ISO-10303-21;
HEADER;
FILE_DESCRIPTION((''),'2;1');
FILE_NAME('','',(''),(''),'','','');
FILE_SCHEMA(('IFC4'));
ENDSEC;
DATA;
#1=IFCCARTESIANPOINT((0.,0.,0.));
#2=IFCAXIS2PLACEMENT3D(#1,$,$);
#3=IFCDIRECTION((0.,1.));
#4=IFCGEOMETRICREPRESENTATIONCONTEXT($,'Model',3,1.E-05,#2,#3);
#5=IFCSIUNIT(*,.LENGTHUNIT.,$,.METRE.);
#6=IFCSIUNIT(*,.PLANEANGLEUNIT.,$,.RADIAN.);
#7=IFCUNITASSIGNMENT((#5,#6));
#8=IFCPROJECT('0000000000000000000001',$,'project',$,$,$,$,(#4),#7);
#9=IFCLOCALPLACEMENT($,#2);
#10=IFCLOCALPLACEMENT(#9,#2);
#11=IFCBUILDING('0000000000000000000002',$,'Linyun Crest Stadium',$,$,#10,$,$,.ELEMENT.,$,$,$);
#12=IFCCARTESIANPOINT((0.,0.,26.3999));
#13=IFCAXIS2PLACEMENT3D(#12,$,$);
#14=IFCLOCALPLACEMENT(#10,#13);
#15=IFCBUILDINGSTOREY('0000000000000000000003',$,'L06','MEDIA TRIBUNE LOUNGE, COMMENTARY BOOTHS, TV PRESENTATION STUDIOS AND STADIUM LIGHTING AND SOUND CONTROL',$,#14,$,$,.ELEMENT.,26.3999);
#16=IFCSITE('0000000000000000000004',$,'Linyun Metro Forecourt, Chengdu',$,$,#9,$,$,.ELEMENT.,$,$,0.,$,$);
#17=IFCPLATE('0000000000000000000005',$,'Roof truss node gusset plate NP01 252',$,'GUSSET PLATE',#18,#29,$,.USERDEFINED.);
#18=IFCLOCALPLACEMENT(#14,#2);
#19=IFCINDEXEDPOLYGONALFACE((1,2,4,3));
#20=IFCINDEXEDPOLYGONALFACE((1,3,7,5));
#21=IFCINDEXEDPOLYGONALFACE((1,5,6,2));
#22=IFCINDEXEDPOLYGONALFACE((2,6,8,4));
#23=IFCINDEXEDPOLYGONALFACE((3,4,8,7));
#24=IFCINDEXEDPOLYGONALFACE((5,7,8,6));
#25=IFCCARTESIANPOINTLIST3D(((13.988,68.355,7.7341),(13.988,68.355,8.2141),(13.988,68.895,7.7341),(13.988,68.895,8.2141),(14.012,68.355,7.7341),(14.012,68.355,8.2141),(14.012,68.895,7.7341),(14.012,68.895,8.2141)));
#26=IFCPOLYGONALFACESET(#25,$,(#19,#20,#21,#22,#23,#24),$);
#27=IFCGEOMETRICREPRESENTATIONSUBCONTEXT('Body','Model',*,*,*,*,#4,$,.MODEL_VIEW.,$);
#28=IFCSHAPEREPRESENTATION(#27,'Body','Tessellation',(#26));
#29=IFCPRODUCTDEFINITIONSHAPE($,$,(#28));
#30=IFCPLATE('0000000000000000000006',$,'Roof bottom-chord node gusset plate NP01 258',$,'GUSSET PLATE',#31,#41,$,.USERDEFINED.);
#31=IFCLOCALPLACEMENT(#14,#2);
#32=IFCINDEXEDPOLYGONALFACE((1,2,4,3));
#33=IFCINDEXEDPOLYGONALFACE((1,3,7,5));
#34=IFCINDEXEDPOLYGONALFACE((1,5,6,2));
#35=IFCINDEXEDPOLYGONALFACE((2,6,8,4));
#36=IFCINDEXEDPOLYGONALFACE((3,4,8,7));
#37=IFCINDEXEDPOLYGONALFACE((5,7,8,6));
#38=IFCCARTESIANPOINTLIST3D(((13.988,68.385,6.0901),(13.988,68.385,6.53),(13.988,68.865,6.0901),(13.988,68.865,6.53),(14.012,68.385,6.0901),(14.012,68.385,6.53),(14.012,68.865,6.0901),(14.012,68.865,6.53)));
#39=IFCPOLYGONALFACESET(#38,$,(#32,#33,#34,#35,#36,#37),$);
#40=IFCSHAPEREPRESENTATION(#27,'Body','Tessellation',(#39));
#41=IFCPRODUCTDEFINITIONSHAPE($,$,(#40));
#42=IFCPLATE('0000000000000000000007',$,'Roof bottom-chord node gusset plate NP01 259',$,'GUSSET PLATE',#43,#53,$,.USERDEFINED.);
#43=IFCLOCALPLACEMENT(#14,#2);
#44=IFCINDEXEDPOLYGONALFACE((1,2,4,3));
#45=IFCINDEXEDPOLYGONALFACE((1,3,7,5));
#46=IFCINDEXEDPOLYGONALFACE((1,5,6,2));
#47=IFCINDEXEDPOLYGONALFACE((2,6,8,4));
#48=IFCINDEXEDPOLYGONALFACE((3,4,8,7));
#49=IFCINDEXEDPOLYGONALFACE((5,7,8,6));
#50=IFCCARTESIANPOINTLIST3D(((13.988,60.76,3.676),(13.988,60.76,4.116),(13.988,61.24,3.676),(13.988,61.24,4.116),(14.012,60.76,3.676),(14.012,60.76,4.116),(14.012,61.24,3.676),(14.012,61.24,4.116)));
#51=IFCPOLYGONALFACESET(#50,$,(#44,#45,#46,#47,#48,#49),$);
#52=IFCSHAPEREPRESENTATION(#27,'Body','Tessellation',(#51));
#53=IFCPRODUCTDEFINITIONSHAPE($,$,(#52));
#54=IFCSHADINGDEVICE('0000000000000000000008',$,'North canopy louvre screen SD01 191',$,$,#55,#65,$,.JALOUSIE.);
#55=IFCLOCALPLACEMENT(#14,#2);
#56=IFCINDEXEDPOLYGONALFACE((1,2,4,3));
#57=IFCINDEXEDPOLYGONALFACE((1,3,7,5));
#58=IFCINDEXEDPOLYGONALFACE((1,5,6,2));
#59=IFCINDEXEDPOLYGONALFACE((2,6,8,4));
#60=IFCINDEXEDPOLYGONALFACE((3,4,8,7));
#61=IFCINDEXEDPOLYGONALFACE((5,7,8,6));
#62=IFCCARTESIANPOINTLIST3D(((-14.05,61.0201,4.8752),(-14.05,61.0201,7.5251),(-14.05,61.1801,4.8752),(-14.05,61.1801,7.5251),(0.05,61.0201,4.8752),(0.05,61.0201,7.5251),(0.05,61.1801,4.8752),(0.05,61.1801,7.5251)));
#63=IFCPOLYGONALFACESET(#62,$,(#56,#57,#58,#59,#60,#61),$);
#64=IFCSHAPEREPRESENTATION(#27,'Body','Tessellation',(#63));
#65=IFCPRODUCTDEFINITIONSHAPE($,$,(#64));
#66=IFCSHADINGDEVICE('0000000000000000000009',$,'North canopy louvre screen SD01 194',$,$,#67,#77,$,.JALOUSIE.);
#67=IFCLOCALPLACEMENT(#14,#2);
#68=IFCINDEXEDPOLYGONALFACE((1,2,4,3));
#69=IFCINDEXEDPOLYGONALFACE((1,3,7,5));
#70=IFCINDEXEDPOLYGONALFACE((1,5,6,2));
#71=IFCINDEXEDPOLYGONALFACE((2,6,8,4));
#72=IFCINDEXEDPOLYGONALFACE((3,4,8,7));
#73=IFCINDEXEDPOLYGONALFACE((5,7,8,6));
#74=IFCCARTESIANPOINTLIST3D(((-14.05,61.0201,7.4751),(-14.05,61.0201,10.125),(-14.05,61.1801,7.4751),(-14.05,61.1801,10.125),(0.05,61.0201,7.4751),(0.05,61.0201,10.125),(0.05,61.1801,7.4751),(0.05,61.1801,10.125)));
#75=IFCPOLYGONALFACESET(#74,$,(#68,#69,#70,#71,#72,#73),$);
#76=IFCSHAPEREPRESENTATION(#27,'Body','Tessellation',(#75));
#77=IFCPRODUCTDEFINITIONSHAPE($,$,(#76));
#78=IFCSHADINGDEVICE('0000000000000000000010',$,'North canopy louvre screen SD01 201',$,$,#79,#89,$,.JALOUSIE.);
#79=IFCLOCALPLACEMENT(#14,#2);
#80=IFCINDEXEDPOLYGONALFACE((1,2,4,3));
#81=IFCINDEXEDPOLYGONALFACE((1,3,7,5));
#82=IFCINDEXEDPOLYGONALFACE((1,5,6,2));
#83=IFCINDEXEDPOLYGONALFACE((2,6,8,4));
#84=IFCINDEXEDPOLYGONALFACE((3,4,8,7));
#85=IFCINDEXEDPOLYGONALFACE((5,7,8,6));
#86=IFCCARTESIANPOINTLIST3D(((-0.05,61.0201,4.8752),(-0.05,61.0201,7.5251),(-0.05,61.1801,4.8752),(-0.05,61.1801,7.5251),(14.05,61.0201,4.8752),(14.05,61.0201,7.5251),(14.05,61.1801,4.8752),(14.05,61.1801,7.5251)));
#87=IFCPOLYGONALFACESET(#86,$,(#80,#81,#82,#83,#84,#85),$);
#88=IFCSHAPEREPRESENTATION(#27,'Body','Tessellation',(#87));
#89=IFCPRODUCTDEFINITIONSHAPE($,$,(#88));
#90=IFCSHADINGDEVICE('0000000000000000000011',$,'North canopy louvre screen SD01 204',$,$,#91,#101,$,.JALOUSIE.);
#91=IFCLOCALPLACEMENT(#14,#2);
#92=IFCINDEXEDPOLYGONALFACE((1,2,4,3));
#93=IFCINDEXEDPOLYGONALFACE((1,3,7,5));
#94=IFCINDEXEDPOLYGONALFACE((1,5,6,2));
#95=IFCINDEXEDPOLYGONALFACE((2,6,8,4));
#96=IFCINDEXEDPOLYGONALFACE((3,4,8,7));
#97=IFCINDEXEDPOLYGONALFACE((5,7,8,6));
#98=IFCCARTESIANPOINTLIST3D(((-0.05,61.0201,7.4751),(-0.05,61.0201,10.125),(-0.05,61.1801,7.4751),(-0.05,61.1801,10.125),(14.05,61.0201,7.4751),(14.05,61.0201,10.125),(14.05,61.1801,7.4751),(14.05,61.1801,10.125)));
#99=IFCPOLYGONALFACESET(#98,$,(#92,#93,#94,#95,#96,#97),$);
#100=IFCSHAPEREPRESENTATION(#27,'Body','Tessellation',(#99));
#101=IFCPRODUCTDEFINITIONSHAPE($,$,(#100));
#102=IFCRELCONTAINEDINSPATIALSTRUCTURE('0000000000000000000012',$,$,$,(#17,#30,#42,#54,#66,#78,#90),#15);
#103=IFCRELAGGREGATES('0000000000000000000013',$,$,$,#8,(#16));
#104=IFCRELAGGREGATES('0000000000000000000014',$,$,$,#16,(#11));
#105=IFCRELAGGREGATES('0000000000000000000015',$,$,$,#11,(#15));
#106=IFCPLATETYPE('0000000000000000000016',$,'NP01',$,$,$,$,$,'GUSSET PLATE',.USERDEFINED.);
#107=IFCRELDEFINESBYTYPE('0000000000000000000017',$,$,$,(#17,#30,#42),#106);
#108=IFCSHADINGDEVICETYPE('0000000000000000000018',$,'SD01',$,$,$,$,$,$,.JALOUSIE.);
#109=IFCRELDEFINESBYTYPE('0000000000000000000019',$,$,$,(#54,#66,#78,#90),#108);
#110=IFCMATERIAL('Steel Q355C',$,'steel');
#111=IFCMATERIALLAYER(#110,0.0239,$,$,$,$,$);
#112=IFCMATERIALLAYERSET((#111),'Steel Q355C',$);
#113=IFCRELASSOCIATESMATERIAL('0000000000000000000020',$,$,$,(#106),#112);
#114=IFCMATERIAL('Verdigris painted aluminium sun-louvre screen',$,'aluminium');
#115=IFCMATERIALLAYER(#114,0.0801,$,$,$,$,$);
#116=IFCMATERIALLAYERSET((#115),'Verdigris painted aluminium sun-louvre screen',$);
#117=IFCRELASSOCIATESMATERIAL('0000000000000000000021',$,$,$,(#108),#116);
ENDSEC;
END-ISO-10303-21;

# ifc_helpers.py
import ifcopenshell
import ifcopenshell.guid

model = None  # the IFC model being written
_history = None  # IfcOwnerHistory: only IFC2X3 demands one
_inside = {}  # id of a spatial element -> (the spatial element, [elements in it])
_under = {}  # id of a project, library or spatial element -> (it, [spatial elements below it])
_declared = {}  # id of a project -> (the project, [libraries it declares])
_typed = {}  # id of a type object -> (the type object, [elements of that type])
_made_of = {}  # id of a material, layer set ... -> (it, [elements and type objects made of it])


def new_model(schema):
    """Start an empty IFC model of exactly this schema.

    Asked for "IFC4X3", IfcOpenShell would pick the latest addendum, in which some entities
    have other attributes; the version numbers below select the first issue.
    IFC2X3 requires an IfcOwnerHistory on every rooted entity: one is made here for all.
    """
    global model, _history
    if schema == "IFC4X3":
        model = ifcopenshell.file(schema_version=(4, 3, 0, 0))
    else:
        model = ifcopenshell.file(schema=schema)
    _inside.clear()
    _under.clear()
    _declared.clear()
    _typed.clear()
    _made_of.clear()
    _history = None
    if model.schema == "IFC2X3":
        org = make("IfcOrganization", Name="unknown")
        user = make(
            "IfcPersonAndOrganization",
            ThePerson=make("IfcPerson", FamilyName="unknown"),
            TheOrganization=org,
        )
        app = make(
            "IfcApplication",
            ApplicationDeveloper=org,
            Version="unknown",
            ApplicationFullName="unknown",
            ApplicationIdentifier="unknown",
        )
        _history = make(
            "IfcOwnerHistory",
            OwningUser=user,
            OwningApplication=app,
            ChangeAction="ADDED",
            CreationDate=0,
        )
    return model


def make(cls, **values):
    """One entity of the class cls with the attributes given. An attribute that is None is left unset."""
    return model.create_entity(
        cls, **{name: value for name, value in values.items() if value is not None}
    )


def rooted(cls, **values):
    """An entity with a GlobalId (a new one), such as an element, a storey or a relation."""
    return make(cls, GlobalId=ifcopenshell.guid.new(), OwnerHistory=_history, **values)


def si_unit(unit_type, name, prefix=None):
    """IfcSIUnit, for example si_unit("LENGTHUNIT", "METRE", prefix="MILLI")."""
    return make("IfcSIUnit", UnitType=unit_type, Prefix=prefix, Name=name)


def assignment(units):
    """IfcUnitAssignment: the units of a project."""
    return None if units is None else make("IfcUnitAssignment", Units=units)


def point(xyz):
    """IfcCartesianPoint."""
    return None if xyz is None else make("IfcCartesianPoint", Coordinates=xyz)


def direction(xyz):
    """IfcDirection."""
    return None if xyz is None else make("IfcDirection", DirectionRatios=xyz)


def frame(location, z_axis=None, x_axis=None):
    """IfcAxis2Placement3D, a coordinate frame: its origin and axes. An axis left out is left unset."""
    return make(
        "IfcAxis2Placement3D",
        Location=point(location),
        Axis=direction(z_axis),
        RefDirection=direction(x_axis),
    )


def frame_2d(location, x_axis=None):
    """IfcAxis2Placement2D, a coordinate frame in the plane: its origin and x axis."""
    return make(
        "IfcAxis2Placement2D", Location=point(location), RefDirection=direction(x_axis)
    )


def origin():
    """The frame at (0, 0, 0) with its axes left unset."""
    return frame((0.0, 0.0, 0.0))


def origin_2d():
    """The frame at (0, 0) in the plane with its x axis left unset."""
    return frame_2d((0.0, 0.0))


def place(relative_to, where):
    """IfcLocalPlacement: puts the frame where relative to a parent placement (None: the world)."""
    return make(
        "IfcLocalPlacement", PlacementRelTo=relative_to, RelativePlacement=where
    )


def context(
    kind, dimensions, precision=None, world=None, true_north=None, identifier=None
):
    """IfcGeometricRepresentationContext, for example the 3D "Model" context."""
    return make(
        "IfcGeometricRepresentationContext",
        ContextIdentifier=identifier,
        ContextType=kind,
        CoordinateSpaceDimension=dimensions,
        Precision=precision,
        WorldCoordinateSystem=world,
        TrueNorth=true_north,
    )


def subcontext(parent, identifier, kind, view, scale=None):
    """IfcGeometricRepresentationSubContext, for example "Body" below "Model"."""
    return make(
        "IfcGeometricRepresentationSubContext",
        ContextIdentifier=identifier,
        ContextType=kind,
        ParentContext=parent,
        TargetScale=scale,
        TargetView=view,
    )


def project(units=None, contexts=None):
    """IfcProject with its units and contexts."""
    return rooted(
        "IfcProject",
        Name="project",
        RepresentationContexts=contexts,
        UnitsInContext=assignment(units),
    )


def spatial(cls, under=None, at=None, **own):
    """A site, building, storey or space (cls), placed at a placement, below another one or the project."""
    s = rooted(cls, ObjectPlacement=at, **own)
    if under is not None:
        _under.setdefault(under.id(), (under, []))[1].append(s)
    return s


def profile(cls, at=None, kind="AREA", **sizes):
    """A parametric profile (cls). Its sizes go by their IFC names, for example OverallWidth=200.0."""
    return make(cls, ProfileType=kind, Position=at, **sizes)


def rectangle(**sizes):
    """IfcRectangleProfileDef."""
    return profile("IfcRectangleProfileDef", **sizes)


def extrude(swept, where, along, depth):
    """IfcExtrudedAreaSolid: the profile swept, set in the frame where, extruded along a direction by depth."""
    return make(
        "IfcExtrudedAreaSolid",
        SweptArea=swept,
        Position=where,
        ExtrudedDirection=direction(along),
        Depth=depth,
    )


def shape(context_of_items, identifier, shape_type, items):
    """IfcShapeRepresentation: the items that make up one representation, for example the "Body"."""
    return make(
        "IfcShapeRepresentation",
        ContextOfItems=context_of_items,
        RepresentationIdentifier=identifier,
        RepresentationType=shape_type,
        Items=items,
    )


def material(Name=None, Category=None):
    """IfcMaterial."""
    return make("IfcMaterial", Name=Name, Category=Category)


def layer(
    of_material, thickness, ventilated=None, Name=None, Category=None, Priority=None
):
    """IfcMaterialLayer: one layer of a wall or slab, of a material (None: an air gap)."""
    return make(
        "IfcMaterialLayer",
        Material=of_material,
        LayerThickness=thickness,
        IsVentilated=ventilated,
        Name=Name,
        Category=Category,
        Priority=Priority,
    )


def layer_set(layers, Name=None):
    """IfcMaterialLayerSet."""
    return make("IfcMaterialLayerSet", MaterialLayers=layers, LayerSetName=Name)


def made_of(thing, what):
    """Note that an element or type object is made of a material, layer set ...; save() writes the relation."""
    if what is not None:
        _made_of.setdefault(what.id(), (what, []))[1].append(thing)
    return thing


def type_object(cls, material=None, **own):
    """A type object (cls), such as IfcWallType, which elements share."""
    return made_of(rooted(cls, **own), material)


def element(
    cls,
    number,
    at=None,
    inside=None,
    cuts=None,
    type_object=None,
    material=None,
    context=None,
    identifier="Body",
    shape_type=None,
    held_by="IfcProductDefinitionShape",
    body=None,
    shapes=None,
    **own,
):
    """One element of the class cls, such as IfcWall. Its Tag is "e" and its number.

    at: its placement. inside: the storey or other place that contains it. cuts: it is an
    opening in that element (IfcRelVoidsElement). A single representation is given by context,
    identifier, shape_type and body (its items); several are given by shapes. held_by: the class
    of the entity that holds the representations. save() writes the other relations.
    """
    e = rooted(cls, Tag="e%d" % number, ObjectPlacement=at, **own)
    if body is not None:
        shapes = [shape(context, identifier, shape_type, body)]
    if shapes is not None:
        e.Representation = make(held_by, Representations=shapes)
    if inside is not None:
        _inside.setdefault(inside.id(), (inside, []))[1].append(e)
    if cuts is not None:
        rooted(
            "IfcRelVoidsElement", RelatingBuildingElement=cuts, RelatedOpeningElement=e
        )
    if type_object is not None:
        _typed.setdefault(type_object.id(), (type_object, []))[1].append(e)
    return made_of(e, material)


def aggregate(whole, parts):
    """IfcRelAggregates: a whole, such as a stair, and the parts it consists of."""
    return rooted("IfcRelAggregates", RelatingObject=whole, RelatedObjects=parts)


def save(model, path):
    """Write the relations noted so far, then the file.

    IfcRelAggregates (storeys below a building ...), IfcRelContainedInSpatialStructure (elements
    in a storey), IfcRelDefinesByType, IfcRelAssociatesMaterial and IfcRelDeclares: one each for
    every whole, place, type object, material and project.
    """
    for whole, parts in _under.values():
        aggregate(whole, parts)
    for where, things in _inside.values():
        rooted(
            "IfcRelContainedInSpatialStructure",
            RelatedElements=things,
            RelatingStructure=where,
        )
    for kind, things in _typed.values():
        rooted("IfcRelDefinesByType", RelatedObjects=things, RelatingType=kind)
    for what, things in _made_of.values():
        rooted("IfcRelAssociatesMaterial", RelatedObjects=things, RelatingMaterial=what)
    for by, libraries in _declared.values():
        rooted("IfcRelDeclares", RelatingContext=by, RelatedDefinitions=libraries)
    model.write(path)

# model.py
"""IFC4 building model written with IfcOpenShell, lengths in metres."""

from ifc_helpers import new_model, si_unit, direction, frame, origin, origin_2d, place, context, subcontext, project, spatial, rectangle, extrude, material, layer, layer_set, type_object, element, save


model = new_model("IFC4")

# Units and contexts
model_context = context("Model", 3, precision=1e-05, world=origin(), true_north=direction((0.0, 1.0)))
body_context = subcontext(model_context, "Body", "Model", "MODEL_VIEW")
ifc_project = project(units=[si_unit("LENGTHUNIT", "METRE"), si_unit("PLANEANGLEUNIT", "RADIAN")], contexts=[model_context])

# Site, building, storey
site_placement = place(None, origin())
site = spatial("IfcSite", under=ifc_project, at=site_placement, Name="Linyun Metro Forecourt, Chengdu", CompositionType="ELEMENT", RefElevation=0.0)
building_placement = place(site_placement, origin())
building = spatial("IfcBuilding", under=site, at=building_placement, Name="Linyun Crest Stadium", CompositionType="ELEMENT")
storey_placement = place(building_placement, frame((0.0, 0.0, 26.3999)))
storey = spatial("IfcBuildingStorey", under=building, at=storey_placement, Name="L06", Description="MEDIA TRIBUNE LOUNGE, COMMENTARY BOOTHS, TV PRESENTATION STUDIOS AND STADIUM LIGHTING AND SOUND CONTROL", CompositionType="ELEMENT", Elevation=26.3999)

# Plates
ifc_material_1 = material(Name="Steel Q355C", Category="steel")
ifc_layer_1 = layer(ifc_material_1, 0.0239)
ifc_layer_set_1 = layer_set([ifc_layer_1], Name="Steel Q355C")
plate_type_1 = type_object("IfcPlateType", Name="NP01", ElementType="GUSSET PLATE", PredefinedType="USERDEFINED", material=ifc_layer_set_1)
plate_1_placement = place(storey_placement, frame((14.0, 68.625, 7.7341), z_axis=(0.0, 0.0, 1.0), x_axis=(0.0, 1.0, 0.0)))
element("IfcPlate", 1, at=plate_1_placement, inside=storey, type_object=plate_type_1, Name="Roof truss node gusset plate NP01 252", ObjectType="GUSSET PLATE", PredefinedType="USERDEFINED", context=body_context, shape_type="SweptSolid", body=[
    extrude(rectangle(XDim=0.54, YDim=0.0239, at=origin_2d()), origin(), (0.0, 0.0, 1.0), 0.48),
])
for number, where, z_axis, x_axis, name in (
    (2, (14.0, 68.625, 6.0901), (0.0, 0.0, 1.0), (0.0, 1.0, 0.0), "Roof bottom-chord node gusset plate NP01 258"),
    (3, (14.0, 61.0, 3.676), (0.0, 0.0, 1.0), (0.0, 1.0, 0.0), "Roof bottom-chord node gusset plate NP01 259"),
):
    element("IfcPlate", number, at=place(storey_placement, frame(where, z_axis=z_axis, x_axis=x_axis)), inside=storey, type_object=plate_type_1, Name=name, ObjectType="GUSSET PLATE", PredefinedType="USERDEFINED", context=body_context, shape_type="SweptSolid", body=[
        extrude(rectangle(XDim=0.48, YDim=0.0239, at=origin_2d()), origin(), (0.0, 0.0, 1.0), 0.4399),
    ])

# Shading devices
ifc_material_2 = material(Name="Verdigris painted aluminium sun-louvre screen", Category="aluminium")
ifc_layer_2 = layer(ifc_material_2, 0.0801)
ifc_layer_set_2 = layer_set([ifc_layer_2], Name="Verdigris painted aluminium sun-louvre screen")
shading_device_type = type_object("IfcShadingDeviceType", Name="SD01", PredefinedType="JALOUSIE", material=ifc_layer_set_2)
for number, where, z_axis, x_axis, name in (
    (4, (-7.0, 61.1001, 4.8752), (0.0, 0.0, 1.0), (1.0, 0.0, 0.0), "North canopy louvre screen SD01 191"),
    (5, (-7.0, 61.1001, 7.4751), (0.0, 0.0, 1.0), (1.0, 0.0, 0.0), "North canopy louvre screen SD01 194"),
    (6, (7.0, 61.1001, 4.8752), (0.0, 0.0, 1.0), (1.0, 0.0, 0.0), "North canopy louvre screen SD01 201"),
    (7, (7.0, 61.1001, 7.4751), (0.0, 0.0, 1.0), (1.0, 0.0, 0.0), "North canopy louvre screen SD01 204"),
):
    element("IfcShadingDevice", number, at=place(storey_placement, frame(where, z_axis=z_axis, x_axis=x_axis)), inside=storey, type_object=shading_device_type, Name=name, PredefinedType="JALOUSIE", context=body_context, shape_type="SweptSolid", body=[
        extrude(rectangle(XDim=14.1001, YDim=0.1599, at=origin_2d()), origin(), (0.0, 0.0, 1.0), 2.6499),
    ])

save(model, "model.ifc")
